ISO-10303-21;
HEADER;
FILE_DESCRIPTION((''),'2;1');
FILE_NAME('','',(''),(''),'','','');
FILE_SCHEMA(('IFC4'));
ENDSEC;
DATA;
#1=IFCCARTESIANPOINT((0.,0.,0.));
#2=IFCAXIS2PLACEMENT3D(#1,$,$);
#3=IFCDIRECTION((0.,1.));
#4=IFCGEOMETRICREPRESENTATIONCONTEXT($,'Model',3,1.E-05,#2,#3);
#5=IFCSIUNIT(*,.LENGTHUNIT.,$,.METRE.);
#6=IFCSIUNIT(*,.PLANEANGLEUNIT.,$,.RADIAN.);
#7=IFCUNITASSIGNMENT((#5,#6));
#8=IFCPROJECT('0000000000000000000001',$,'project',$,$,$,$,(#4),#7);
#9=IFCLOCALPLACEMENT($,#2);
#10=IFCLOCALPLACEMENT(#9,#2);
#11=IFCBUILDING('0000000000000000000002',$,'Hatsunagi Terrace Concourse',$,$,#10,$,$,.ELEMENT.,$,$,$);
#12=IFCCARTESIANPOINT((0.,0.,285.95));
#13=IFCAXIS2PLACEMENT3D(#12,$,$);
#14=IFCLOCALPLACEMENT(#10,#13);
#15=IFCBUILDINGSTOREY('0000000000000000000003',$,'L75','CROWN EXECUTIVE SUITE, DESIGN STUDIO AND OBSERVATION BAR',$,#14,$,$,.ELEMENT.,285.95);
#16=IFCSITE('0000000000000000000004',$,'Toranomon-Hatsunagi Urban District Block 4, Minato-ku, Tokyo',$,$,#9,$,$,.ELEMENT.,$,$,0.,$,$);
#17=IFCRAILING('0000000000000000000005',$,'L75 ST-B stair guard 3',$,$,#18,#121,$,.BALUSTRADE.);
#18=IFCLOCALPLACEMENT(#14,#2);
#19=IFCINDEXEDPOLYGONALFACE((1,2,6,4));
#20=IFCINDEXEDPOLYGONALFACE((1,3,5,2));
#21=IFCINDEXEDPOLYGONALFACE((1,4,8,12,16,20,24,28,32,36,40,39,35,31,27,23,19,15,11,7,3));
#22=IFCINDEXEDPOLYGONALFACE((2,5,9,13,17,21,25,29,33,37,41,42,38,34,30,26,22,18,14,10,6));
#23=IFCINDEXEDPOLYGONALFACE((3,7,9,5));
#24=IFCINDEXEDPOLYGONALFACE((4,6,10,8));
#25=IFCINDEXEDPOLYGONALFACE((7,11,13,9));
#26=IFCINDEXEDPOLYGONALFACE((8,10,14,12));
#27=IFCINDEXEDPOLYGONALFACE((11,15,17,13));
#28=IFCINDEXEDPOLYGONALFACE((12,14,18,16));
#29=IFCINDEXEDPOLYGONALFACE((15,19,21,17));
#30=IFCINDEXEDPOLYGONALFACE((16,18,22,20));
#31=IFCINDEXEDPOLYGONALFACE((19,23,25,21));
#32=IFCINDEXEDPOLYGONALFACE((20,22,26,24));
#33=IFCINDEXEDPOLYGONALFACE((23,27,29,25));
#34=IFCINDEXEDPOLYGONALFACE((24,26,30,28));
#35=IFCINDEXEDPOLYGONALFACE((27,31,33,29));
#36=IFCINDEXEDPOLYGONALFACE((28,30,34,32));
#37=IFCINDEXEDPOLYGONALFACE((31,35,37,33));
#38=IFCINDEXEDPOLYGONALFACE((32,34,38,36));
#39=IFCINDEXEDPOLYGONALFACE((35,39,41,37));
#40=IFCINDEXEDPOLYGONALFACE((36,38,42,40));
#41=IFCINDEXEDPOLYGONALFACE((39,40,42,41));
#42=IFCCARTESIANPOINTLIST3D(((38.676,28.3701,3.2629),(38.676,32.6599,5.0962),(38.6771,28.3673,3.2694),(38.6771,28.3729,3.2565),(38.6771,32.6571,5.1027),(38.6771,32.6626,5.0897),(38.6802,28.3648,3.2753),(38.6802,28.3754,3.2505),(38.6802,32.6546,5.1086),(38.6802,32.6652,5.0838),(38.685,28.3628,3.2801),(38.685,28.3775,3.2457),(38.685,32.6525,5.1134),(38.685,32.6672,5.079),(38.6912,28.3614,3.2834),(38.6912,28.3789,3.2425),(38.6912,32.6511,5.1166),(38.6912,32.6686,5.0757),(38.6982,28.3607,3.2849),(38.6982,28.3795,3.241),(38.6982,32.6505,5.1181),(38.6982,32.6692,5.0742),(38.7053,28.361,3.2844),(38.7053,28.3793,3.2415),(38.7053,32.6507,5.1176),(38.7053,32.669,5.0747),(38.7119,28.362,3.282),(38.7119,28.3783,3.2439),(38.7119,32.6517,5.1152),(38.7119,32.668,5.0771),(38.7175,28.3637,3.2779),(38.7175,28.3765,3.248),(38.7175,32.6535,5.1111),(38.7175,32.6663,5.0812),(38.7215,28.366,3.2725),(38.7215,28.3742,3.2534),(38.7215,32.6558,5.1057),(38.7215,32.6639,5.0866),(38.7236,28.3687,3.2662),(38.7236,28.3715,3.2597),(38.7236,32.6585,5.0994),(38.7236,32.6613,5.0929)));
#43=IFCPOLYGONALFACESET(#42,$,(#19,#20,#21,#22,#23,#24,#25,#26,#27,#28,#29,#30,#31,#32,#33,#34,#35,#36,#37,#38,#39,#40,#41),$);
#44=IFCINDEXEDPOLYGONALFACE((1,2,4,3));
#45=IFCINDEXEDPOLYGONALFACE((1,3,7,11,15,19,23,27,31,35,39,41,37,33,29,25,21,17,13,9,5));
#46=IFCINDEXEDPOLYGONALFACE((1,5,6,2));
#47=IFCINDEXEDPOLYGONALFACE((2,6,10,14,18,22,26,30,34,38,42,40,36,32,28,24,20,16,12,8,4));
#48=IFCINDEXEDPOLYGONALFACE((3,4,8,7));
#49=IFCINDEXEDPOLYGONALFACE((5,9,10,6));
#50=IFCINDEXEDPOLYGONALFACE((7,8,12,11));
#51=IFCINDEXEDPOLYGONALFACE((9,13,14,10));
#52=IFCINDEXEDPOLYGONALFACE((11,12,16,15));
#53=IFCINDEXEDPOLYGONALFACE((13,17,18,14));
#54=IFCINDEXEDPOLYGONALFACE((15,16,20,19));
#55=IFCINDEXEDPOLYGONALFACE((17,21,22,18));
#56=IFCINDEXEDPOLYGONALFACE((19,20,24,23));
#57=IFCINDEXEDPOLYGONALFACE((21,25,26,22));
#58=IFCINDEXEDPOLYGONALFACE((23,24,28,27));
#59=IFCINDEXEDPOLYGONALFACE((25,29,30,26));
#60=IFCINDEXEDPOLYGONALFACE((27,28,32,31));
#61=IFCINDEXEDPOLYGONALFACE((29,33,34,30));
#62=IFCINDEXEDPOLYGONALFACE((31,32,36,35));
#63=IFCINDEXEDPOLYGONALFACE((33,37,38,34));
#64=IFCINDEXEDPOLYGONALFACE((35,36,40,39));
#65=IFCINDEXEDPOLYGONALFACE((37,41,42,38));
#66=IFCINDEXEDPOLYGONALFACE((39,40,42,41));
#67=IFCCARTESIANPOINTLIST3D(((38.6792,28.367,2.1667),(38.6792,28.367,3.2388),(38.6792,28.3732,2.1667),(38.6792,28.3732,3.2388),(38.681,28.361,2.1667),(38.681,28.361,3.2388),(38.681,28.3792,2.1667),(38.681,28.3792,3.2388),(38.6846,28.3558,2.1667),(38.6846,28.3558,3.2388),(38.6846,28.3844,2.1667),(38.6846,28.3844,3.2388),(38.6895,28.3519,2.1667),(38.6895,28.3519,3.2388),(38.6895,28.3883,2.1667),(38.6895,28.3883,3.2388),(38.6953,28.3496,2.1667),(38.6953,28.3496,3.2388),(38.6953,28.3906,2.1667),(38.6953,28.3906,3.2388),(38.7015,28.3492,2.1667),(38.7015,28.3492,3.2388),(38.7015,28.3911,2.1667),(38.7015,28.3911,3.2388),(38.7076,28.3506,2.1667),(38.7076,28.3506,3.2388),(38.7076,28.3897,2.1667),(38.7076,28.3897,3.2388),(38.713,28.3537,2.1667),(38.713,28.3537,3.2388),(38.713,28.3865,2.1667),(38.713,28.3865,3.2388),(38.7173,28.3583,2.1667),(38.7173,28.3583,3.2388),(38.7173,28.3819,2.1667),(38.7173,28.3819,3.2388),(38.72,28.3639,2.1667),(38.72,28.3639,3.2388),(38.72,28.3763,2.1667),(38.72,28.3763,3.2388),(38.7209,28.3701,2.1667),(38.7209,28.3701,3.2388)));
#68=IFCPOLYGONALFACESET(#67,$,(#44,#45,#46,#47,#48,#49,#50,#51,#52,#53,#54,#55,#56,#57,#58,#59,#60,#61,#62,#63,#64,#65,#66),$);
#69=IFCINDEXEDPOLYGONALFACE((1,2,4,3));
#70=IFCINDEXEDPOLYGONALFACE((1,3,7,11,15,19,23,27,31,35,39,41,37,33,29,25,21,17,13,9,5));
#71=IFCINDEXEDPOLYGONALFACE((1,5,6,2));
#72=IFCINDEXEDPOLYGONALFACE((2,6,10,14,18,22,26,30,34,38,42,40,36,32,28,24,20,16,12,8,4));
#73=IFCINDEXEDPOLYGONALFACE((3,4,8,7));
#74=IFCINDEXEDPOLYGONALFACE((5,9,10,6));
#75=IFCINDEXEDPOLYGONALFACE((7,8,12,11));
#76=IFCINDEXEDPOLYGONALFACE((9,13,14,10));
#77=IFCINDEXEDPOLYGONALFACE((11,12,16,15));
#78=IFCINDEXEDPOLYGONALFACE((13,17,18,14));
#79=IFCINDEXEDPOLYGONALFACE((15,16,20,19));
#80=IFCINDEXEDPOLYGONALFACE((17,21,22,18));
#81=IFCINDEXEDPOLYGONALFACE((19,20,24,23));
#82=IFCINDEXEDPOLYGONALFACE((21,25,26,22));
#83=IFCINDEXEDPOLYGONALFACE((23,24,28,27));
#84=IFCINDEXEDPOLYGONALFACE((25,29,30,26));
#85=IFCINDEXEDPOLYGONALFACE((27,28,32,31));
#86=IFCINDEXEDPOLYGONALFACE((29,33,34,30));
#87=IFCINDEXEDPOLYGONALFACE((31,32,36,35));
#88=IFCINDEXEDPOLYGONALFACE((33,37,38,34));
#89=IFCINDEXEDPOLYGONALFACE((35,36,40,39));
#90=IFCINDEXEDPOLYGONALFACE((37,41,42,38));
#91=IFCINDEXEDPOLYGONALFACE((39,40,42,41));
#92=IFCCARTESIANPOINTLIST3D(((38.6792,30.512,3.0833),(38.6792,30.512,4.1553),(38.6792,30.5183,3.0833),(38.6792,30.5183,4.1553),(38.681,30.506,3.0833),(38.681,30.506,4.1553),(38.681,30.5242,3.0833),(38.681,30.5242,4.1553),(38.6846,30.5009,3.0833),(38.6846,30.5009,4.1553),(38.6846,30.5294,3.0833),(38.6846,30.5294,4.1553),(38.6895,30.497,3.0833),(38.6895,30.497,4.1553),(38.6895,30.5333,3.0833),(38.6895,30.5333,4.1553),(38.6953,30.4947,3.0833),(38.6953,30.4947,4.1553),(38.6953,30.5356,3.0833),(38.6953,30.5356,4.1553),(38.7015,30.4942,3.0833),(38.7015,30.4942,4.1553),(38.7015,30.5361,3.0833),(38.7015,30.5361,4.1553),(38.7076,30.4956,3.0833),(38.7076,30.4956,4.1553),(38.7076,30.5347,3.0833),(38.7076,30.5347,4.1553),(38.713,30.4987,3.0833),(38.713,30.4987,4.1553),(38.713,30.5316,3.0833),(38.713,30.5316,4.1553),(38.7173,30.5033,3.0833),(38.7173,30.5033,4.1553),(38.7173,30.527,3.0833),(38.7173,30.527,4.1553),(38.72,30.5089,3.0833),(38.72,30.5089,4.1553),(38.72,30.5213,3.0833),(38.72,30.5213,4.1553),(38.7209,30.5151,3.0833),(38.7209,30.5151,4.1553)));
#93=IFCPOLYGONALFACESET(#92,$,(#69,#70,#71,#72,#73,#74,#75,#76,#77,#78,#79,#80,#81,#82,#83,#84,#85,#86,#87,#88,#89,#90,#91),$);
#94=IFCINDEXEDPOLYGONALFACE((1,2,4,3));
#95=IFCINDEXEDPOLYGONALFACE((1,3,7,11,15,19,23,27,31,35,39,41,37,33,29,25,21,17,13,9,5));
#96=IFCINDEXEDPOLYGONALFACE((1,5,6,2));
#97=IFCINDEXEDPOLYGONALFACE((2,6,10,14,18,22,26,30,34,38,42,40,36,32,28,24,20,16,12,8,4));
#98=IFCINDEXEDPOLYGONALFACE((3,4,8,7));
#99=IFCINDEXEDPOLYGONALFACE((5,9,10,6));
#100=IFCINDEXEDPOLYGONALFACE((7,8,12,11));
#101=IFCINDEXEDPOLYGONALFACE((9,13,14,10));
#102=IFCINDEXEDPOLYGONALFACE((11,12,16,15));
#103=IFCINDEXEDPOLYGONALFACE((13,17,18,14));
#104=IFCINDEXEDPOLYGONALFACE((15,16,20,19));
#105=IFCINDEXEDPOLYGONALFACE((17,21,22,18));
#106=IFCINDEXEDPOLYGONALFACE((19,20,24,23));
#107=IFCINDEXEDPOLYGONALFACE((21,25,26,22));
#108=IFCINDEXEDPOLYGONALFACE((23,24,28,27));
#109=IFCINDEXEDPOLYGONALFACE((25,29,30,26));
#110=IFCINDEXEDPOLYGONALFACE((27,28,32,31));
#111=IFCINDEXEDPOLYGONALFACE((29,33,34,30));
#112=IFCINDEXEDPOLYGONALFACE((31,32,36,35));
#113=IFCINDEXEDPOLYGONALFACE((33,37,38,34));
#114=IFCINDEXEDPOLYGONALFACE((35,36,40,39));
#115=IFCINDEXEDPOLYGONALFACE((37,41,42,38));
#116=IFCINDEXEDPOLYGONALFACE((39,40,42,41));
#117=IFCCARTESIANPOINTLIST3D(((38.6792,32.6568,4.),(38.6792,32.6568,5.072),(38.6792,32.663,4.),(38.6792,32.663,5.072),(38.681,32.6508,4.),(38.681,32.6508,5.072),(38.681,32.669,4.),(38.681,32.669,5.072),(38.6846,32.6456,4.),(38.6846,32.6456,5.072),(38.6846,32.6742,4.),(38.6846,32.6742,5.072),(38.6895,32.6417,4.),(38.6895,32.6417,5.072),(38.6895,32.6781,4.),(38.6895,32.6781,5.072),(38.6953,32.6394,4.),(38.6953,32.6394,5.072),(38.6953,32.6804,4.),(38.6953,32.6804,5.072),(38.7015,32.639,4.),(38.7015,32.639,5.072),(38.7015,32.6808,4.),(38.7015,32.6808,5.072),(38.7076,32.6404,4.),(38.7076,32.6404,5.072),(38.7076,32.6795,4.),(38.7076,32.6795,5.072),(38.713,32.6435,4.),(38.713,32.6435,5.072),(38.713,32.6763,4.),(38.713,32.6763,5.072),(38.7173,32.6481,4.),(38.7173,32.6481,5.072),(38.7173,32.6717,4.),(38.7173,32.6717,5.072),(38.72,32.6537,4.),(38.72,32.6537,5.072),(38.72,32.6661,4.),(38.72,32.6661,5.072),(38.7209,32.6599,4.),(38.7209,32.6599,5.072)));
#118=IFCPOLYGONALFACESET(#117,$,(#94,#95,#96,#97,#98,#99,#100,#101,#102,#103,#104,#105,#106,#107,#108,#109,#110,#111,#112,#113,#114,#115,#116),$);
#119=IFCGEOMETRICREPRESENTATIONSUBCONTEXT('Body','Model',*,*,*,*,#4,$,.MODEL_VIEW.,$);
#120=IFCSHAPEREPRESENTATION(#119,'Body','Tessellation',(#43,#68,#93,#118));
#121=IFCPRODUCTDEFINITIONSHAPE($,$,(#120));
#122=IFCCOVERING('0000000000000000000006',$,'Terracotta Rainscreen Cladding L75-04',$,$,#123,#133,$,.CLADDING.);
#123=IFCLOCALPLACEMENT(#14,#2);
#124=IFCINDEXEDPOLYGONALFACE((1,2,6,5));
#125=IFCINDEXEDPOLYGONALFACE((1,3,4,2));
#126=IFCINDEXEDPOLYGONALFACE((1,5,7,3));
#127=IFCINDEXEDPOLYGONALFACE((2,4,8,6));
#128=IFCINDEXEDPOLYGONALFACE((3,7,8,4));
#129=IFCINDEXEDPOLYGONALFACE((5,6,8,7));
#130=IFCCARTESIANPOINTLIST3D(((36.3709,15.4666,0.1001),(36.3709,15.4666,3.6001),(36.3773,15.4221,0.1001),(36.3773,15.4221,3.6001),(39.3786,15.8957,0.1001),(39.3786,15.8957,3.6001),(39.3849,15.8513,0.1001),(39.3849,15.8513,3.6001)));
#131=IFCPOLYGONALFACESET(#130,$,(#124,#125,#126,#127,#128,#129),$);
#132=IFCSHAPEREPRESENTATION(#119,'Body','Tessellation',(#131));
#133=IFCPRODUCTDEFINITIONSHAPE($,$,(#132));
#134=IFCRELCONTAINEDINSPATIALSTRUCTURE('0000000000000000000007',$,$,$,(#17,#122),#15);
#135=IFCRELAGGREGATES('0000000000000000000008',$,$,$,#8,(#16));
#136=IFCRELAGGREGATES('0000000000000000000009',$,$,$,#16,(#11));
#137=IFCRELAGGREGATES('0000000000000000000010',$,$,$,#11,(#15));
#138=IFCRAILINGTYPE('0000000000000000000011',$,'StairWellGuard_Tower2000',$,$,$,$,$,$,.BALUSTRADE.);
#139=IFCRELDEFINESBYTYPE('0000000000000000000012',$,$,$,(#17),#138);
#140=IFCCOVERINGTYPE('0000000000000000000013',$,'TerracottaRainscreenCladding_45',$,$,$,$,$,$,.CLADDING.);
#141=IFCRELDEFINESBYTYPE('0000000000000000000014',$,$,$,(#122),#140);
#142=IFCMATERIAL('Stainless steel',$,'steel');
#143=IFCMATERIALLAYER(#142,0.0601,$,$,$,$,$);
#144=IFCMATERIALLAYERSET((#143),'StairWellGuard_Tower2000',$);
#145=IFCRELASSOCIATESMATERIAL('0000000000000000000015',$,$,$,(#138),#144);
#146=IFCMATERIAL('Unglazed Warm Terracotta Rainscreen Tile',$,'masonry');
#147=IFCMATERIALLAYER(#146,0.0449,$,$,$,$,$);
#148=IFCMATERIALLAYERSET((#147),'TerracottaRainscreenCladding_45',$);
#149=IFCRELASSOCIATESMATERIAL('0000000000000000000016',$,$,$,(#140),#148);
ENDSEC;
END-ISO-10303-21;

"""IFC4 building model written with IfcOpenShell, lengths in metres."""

from ifc_helpers import new_model, si_unit, direction, frame, origin, origin_2d, place, context, subcontext, project, spatial, rectangle, circle, extrude, material, layer, layer_set, type_object, element, save


model = new_model("IFC4")

# Units and contexts
model_context = context("Model", 3, precision=1e-05, world=origin(), true_north=direction((0.0, 1.0)))
body_context = subcontext(model_context, "Body", "Model", "MODEL_VIEW")
ifc_project = project(units=[si_unit("LENGTHUNIT", "METRE"), si_unit("PLANEANGLEUNIT", "RADIAN")], contexts=[model_context])

# Site, building, storey
site_placement = place(None, origin())
site = spatial("IfcSite", under=ifc_project, at=site_placement, Name="Toranomon-Hatsunagi Urban District Block 4, Minato-ku, Tokyo", CompositionType="ELEMENT", RefElevation=0.0)
building_placement = place(site_placement, origin())
building = spatial("IfcBuilding", under=site, at=building_placement, Name="Hatsunagi Terrace Concourse", CompositionType="ELEMENT")
storey_placement = place(building_placement, frame((0.0, 0.0, 285.95)))
storey = spatial("IfcBuildingStorey", under=building, at=storey_placement, Name="L75", Description="CROWN EXECUTIVE SUITE, DESIGN STUDIO AND OBSERVATION BAR", CompositionType="ELEMENT", Elevation=285.95)

# Railing
ifc_material_1 = material(Name="Stainless steel", Category="steel")
ifc_layer_1 = layer(ifc_material_1, 0.0601)
ifc_layer_set_1 = layer_set([ifc_layer_1], Name="StairWellGuard_Tower2000")
railing_type_1 = type_object("IfcRailingType", Name="StairWellGuard_Tower2000", PredefinedType="BALUSTRADE", material=ifc_layer_set_1)
railing_1_placement = place(storey_placement, frame((38.7, 28.3701, 2.1667)))
element("IfcRailing", 1, at=railing_1_placement, inside=storey, type_object=railing_type_1, Name="L75 ST-B stair guard 3", PredefinedType="BALUSTRADE", context=body_context, shape_type="SweptSolid", body=[
    extrude(circle(Radius=0.0239, at=origin_2d()), frame((0.0, 0.0, 1.0962), z_axis=(0.0, 0.919551, 0.392972), x_axis=(-1.0, 0.0, 0.0)), (0.0, 0.0, 1.0), 4.665),
    extrude(circle(Radius=0.021, at=origin_2d()), origin(), (0.0, 0.0, 1.0), 1.072),
    extrude(circle(Radius=0.021, at=origin_2d()), frame((0.0, 2.145, 0.9165)), (0.0, 0.0, 1.0), 1.072),
    extrude(circle(Radius=0.021, at=origin_2d()), frame((0.0, 4.2898, 1.8333)), (0.0, 0.0, 1.0), 1.072),
])

# Covering
ifc_material_2 = material(Name="Unglazed Warm Terracotta Rainscreen Tile", Category="masonry")
ifc_layer_2 = layer(ifc_material_2, 0.0449)
ifc_layer_set_2 = layer_set([ifc_layer_2], Name="TerracottaRainscreenCladding_45")
covering_type = type_object("IfcCoveringType", Name="TerracottaRainscreenCladding_45", PredefinedType="CLADDING", material=ifc_layer_set_2)
covering_placement = place(storey_placement, frame((37.8779, 15.6589, 0.1001), z_axis=(0.0, 0.0, 1.0), x_axis=(-0.989974, -0.14125, 0.0)))
element("IfcCovering", 2, at=covering_placement, inside=storey, type_object=covering_type, Name="Terracotta Rainscreen Cladding L75-04", PredefinedType="CLADDING", context=body_context, shape_type="SweptSolid", body=[
    extrude(rectangle(XDim=3.0381, YDim=0.0449, at=origin_2d()), origin(), (0.0, 0.0, 1.0), 3.5),
])

save(model, "model.ifc")
